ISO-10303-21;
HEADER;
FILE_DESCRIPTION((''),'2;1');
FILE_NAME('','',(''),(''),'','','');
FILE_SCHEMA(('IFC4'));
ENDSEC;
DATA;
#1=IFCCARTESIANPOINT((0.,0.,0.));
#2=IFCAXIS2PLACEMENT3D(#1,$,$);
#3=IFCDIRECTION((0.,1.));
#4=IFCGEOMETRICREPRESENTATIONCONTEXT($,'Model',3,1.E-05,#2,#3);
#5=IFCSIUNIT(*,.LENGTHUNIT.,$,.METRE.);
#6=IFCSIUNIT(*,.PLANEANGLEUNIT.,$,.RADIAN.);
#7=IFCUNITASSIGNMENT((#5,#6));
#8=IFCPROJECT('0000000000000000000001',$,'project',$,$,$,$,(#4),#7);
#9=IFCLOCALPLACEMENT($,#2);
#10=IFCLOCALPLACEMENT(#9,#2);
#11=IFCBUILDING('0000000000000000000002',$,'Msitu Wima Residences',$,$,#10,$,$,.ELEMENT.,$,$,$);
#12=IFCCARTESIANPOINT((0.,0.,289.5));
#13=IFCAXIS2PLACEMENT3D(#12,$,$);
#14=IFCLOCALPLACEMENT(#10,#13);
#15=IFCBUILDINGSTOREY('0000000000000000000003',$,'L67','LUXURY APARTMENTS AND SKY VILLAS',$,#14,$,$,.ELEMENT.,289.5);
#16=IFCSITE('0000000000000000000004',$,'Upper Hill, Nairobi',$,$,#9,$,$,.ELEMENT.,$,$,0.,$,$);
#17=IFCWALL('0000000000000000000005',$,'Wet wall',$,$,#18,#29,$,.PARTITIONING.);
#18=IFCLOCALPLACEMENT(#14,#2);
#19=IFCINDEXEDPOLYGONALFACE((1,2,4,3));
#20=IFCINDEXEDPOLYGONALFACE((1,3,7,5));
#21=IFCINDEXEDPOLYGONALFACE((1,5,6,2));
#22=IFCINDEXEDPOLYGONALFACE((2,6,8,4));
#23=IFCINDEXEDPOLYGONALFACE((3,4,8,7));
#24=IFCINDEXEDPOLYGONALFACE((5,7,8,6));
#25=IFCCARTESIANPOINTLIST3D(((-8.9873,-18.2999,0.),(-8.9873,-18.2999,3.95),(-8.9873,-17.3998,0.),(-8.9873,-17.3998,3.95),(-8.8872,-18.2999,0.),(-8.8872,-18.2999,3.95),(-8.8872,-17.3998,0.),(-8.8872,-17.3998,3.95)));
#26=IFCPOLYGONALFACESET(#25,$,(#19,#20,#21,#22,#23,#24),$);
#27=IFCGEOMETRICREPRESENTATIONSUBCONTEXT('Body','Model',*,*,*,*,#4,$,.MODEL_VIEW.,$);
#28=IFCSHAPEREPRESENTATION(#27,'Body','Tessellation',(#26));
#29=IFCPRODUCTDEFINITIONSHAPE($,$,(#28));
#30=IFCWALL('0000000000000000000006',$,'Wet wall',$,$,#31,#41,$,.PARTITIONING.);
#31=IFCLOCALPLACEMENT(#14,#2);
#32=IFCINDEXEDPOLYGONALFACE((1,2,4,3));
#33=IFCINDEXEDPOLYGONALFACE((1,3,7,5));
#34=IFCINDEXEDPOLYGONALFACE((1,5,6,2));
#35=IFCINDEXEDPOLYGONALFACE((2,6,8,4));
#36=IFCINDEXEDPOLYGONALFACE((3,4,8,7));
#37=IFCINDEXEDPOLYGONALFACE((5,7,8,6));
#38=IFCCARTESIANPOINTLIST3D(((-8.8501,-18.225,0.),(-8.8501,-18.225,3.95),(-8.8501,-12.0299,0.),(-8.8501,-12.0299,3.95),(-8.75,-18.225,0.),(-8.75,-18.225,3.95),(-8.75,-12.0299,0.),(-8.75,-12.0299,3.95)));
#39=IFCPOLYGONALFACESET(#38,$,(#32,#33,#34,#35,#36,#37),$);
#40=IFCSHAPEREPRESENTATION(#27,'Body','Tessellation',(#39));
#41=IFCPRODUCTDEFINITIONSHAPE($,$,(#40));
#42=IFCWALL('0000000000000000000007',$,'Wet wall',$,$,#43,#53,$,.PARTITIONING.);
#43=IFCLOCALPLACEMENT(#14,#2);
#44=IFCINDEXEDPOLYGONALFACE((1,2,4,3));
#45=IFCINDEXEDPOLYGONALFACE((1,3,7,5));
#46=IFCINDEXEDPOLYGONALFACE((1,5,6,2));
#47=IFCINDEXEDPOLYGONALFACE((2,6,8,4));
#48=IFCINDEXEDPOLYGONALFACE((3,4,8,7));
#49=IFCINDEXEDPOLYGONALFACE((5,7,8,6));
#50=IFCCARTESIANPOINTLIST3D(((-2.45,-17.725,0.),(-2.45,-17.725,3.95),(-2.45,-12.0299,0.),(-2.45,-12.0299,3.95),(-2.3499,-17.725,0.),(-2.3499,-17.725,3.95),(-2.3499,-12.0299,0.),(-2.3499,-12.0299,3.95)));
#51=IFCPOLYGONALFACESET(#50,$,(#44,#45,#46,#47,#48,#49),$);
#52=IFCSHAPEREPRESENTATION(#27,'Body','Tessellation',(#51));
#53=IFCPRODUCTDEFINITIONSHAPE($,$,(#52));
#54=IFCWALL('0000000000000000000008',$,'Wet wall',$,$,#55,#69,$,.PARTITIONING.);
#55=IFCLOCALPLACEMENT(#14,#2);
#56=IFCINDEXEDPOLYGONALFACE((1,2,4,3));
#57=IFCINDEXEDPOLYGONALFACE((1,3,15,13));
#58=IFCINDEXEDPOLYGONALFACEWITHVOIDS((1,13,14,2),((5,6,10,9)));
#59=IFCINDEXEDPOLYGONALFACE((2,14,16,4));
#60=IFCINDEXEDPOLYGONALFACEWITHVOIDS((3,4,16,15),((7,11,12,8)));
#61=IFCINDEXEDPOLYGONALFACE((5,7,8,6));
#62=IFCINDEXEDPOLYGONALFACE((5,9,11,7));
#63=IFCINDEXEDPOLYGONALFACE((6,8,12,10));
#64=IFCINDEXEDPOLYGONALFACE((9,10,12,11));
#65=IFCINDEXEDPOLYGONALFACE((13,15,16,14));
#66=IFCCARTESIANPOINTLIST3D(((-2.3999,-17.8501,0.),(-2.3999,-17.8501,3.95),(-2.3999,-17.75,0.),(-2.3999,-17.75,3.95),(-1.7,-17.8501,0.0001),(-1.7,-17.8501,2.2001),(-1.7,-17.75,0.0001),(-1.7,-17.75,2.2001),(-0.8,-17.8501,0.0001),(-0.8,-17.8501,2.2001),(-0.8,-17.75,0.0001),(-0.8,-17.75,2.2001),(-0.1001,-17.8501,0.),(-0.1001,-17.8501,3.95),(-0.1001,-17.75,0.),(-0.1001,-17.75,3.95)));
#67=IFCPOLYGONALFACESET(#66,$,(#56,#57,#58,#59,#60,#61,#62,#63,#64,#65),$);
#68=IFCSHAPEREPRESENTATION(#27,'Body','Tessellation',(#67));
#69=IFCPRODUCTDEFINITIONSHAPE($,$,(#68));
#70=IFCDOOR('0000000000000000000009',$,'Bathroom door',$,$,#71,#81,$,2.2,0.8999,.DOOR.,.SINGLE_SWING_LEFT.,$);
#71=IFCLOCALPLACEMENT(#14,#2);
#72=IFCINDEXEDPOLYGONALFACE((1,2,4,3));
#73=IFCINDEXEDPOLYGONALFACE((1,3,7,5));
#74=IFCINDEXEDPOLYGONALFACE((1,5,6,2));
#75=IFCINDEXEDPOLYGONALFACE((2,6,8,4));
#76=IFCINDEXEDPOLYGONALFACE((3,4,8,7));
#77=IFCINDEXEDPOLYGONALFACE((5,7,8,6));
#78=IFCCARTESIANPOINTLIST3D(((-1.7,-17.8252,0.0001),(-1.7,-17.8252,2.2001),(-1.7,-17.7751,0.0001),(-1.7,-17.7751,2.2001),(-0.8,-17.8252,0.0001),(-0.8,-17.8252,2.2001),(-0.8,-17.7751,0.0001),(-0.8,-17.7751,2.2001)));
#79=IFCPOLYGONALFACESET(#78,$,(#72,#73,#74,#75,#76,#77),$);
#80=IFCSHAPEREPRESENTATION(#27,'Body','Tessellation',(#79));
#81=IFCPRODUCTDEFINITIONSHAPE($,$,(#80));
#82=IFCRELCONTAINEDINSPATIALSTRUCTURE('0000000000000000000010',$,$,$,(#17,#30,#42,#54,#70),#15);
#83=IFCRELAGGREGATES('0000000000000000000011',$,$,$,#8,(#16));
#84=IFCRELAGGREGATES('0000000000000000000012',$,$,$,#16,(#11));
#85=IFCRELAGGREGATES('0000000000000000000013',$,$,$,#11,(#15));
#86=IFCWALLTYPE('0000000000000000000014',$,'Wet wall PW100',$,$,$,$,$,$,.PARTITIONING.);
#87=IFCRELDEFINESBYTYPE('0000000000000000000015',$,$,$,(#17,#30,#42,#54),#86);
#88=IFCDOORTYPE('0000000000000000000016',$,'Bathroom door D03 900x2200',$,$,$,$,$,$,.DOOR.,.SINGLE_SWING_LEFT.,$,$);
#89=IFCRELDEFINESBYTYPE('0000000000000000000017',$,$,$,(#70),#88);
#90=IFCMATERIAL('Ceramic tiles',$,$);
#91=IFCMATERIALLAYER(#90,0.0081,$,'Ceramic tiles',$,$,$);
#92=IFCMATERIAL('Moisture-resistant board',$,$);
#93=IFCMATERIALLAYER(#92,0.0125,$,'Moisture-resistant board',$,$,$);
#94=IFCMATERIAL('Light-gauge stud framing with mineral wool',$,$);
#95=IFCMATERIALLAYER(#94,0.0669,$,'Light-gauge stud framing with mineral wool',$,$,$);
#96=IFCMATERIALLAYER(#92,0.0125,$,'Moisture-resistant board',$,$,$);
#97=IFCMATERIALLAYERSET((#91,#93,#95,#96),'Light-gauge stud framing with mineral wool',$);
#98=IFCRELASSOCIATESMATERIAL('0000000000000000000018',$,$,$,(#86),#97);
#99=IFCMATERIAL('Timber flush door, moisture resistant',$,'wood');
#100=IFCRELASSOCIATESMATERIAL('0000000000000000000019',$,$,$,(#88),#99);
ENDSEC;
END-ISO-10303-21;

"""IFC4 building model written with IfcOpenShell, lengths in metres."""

from ifc_helpers import new_model, si_unit, direction, frame, frame_2d, origin, place, context, subcontext, project, spatial, rectangle, extrude, material, layer, layer_set, type_object, element, fill, save


model = new_model("IFC4")

# Units and contexts
model_context = context("Model", 3, precision=1e-05, world=origin(), true_north=direction((0.0, 1.0)))
body_context = subcontext(model_context, "Body", "Model", "MODEL_VIEW")
ifc_project = project(units=[si_unit("LENGTHUNIT", "METRE"), si_unit("PLANEANGLEUNIT", "RADIAN")], contexts=[model_context])

# Site, building, storey
site_placement = place(None, origin())
site = spatial("IfcSite", under=ifc_project, at=site_placement, Name="Upper Hill, Nairobi", CompositionType="ELEMENT", RefElevation=0.0)
building_placement = place(site_placement, origin())
building = spatial("IfcBuilding", under=site, at=building_placement, Name="Msitu Wima Residences", CompositionType="ELEMENT")
storey_placement = place(building_placement, frame((0.0, 0.0, 289.5)))
storey = spatial("IfcBuildingStorey", under=building, at=storey_placement, Name="L67", Description="LUXURY APARTMENTS AND SKY VILLAS", CompositionType="ELEMENT", Elevation=289.5)

# Shared definitions
ifc_material_1 = material(Name="Ceramic tiles")
ifc_layer_1 = layer(ifc_material_1, 0.0081, Name="Ceramic tiles")
ifc_material_2 = material(Name="Moisture-resistant board")
ifc_layer_2 = layer(ifc_material_2, 0.0125, Name="Moisture-resistant board")
ifc_material_3 = material(Name="Light-gauge stud framing with mineral wool")
ifc_layer_3 = layer(ifc_material_3, 0.0669, Name="Light-gauge stud framing with mineral wool")
ifc_layer_4 = layer(ifc_material_2, 0.0125, Name="Moisture-resistant board")
ifc_layer_set_1 = layer_set([ifc_layer_1, ifc_layer_2, ifc_layer_3, ifc_layer_4], Name="Light-gauge stud framing with mineral wool")
wall_type_1 = type_object("IfcWallType", Name="Wet wall PW100", PredefinedType="PARTITIONING", material=ifc_layer_set_1)
ifc_material_4 = material(Name="Timber flush door, moisture resistant", Category="wood")
door_type_1 = type_object("IfcDoorType", Name="Bathroom door D03 900x2200", OperationType="SINGLE_SWING_LEFT", PredefinedType="DOOR", material=ifc_material_4)

# Walls
wall_1_placement = place(storey_placement, frame((-8.9373, -18.3, 0.0), z_axis=(0.0, 0.0, 1.0), x_axis=(0.0, 1.0, 0.0)))
element("IfcWall", 1, at=wall_1_placement, inside=storey, type_object=wall_type_1, Name="Wet wall", PredefinedType="PARTITIONING", context=body_context, shape_type="SweptSolid", body=[
    extrude(rectangle(XDim=0.9001, YDim=0.1001, at=frame_2d((0.4502, 0.0))), origin(), (0.0, 0.0, 1.0), 3.95),
])
wall_2_placement = place(storey_placement, frame((-8.8, -18.2251, 0.0), z_axis=(0.0, 0.0, 1.0), x_axis=(0.0, 1.0, 0.0)))
element("IfcWall", 2, at=wall_2_placement, inside=storey, type_object=wall_type_1, Name="Wet wall", PredefinedType="PARTITIONING", context=body_context, shape_type="SweptSolid", body=[
    extrude(rectangle(XDim=6.1951, YDim=0.1001, at=frame_2d((3.0977, 0.0))), origin(), (0.0, 0.0, 1.0), 3.95),
])
wall_3_placement = place(storey_placement, frame((-2.3999, -17.7251, 0.0), z_axis=(0.0, 0.0, 1.0), x_axis=(0.0, 1.0, 0.0)))
element("IfcWall", 3, at=wall_3_placement, inside=storey, type_object=wall_type_1, Name="Wet wall", PredefinedType="PARTITIONING", context=body_context, shape_type="SweptSolid", body=[
    extrude(rectangle(XDim=5.6951, YDim=0.1001, at=frame_2d((2.8477, 0.0))), origin(), (0.0, 0.0, 1.0), 3.95),
])

# Wall, opening, door
wall_4_placement = place(storey_placement, frame((-2.3999, -17.8, 0.0), z_axis=(0.0, 0.0, 1.0), x_axis=(1.0, 0.0, 0.0)))
wall_4 = element("IfcWall", 4, at=wall_4_placement, inside=storey, type_object=wall_type_1, Name="Wet wall", PredefinedType="PARTITIONING", context=body_context, shape_type="SweptSolid", body=[
    extrude(rectangle(XDim=2.2998, YDim=0.1001, at=frame_2d((1.1499, 0.0))), origin(), (0.0, 0.0, 1.0), 3.95),
])
opening_1_placement = place(wall_4_placement, frame((0.7, 0.0, 0.0)))
opening_1 = element("IfcOpeningElement", 5, at=opening_1_placement, cuts=wall_4, PredefinedType="OPENING", context=body_context, shape_type="SweptSolid", body=[
    extrude(rectangle(XDim=0.8999, YDim=2.2, at=frame_2d((0.45, 1.1001))), frame((0.0, 0.0601, 0.0), z_axis=(0.0, -1.0, 0.0), x_axis=(1.0, 0.0, 0.0)), (0.0, 0.0, 1.0), 0.1201),
])
door_1_placement = place(opening_1_placement, origin())
door_1 = element("IfcDoor", 6, at=door_1_placement, inside=storey, type_object=door_type_1, Name="Bathroom door", OperationType="SINGLE_SWING_LEFT", OverallHeight=2.2, OverallWidth=0.8999, PredefinedType="DOOR", context=body_context, shape_type="SweptSolid", body=[
    extrude(rectangle(XDim=0.8999, YDim=2.2, at=frame_2d((0.45, 1.1001))), frame((0.0, 0.0249, 0.0), z_axis=(0.0, -1.0, 0.0), x_axis=(1.0, 0.0, 0.0)), (0.0, 0.0, 1.0), 0.05),
])
fill(opening_1, door_1)

save(model, "model.ifc")
